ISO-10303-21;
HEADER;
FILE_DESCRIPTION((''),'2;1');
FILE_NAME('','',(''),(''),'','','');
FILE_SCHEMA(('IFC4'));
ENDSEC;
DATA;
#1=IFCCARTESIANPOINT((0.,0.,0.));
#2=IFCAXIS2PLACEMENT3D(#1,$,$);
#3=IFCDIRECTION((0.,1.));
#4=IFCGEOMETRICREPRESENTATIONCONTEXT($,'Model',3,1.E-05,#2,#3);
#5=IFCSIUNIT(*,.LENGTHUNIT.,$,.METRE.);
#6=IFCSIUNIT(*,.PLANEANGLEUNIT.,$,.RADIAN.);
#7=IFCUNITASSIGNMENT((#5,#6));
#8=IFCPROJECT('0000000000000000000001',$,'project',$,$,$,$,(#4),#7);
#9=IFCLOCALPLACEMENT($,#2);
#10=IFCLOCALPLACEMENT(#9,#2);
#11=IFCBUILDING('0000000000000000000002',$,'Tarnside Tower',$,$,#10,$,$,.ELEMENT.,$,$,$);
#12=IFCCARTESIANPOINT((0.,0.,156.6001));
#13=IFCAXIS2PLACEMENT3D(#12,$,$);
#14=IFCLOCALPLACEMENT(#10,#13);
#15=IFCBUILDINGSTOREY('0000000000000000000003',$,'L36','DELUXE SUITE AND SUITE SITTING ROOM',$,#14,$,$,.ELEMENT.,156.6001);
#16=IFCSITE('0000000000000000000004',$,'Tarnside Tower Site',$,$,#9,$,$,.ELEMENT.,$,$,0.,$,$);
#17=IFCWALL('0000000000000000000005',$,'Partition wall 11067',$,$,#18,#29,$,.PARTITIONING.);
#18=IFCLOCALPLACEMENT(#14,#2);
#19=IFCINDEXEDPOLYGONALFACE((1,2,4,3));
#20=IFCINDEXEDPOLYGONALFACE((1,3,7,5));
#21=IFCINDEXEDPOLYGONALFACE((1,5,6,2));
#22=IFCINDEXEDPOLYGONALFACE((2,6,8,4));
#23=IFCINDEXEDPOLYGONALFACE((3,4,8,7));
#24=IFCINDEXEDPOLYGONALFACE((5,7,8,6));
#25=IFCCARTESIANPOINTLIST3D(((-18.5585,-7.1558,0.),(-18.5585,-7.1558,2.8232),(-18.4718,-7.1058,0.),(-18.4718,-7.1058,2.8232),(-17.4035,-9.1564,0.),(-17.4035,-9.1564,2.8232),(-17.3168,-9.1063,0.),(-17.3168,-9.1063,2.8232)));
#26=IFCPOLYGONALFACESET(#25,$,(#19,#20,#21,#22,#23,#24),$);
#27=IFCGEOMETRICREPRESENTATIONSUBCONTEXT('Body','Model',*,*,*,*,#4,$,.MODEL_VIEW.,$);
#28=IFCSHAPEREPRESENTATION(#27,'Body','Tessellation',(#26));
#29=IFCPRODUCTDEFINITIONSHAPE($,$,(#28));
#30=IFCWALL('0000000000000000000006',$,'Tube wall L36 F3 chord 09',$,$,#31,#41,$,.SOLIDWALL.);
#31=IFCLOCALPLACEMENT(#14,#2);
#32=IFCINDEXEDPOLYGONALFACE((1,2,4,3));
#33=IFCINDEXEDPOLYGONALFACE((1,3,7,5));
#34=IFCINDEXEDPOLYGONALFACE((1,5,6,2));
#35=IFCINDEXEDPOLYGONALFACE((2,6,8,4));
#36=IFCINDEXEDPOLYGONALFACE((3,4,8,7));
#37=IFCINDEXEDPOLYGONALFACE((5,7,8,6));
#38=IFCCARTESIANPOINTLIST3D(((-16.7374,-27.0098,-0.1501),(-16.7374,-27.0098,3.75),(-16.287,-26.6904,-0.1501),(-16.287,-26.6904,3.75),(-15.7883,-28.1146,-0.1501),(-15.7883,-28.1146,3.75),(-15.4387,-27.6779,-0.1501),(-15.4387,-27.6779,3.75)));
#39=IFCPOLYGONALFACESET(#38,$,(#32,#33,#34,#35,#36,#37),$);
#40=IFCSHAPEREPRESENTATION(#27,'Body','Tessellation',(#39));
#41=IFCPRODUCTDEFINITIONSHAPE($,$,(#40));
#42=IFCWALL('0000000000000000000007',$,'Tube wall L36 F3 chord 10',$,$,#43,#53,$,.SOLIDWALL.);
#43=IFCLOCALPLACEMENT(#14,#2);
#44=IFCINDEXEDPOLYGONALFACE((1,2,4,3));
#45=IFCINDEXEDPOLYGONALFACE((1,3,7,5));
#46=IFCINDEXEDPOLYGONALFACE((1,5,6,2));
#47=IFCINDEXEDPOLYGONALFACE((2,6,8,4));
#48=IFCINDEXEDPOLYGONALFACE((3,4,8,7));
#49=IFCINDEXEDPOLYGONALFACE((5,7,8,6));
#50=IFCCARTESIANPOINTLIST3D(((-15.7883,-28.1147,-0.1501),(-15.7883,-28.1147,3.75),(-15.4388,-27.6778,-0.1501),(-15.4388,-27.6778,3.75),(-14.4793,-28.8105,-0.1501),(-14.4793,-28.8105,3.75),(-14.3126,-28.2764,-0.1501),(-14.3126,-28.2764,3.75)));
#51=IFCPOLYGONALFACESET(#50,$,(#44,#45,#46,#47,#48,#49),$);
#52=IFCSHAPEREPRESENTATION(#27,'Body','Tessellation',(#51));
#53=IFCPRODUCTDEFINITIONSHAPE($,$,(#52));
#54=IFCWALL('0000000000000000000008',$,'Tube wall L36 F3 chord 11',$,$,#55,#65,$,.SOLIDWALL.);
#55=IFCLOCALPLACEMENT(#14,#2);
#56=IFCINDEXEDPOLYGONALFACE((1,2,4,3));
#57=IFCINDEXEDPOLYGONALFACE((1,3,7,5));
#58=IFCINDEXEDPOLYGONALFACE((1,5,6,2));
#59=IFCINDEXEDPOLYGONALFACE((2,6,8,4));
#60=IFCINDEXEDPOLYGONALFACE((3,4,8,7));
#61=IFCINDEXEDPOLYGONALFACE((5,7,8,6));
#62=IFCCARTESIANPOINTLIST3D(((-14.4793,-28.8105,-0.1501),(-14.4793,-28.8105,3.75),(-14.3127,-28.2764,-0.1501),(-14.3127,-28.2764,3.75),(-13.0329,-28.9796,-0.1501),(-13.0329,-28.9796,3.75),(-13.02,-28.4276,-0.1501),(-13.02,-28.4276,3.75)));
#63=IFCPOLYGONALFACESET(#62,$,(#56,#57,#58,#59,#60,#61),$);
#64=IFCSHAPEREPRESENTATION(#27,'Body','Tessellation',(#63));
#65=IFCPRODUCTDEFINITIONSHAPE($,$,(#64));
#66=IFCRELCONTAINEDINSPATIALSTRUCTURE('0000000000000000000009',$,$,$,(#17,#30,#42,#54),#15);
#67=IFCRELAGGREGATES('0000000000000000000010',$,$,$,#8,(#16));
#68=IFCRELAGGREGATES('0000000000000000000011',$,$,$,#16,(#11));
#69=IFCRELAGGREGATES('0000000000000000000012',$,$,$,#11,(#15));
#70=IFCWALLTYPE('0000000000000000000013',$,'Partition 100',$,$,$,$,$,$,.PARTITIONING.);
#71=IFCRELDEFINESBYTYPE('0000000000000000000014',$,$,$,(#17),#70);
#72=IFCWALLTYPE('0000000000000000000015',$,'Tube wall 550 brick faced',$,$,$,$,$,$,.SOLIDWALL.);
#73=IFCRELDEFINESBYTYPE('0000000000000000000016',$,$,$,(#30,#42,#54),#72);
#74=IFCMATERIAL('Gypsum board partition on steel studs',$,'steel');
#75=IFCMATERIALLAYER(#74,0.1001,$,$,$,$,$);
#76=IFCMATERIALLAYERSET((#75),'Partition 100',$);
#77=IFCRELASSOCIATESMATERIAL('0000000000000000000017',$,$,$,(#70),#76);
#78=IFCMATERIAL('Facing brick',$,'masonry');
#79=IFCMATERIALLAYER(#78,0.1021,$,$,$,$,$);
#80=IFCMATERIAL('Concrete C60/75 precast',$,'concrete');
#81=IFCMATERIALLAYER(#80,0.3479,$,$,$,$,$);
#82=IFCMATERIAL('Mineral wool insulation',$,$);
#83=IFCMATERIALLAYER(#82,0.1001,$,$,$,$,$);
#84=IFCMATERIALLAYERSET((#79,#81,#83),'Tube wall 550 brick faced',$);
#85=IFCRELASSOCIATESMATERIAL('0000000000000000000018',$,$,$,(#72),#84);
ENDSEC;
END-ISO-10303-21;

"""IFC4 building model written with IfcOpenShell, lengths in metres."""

from ifc_helpers import new_model, si_unit, direction, frame, frame_2d, origin, place, context, subcontext, project, spatial, polyline, rectangle, outline, extrude, material, layer, layer_set, type_object, element, save


model = new_model("IFC4")

# Units and contexts
model_context = context("Model", 3, precision=1e-05, world=origin(), true_north=direction((0.0, 1.0)))
body_context = subcontext(model_context, "Body", "Model", "MODEL_VIEW")
ifc_project = project(units=[si_unit("LENGTHUNIT", "METRE"), si_unit("PLANEANGLEUNIT", "RADIAN")], contexts=[model_context])

# Site, building, storey
site_placement = place(None, origin())
site = spatial("IfcSite", under=ifc_project, at=site_placement, Name="Tarnside Tower Site", CompositionType="ELEMENT", RefElevation=0.0)
building_placement = place(site_placement, origin())
building = spatial("IfcBuilding", under=site, at=building_placement, Name="Tarnside Tower", CompositionType="ELEMENT")
storey_placement = place(building_placement, frame((0.0, 0.0, 156.6001)))
storey = spatial("IfcBuildingStorey", under=building, at=storey_placement, Name="L36", Description="DELUXE SUITE AND SUITE SITTING ROOM", CompositionType="ELEMENT", Elevation=156.6001)

# Walls
ifc_material_1 = material(Name="Gypsum board partition on steel studs", Category="steel")
ifc_layer_1 = layer(ifc_material_1, 0.1001)
ifc_layer_set_1 = layer_set([ifc_layer_1], Name="Partition 100")
wall_type_1 = type_object("IfcWallType", Name="Partition 100", PredefinedType="PARTITIONING", material=ifc_layer_set_1)
wall_1_placement = place(storey_placement, frame((-17.3601, -9.1313, 0.0), z_axis=(0.0, 0.0, 1.0), x_axis=(-0.500015, 0.866017, 0.0)))
element("IfcWall", 1, at=wall_1_placement, inside=storey, type_object=wall_type_1, Name="Partition wall 11067", PredefinedType="PARTITIONING", context=body_context, shape_type="SweptSolid", body=[
    extrude(rectangle(XDim=2.3101, YDim=0.1001, at=frame_2d((1.155, 0.0))), origin(), (0.0, 0.0, 1.0), 2.8232),
])
ifc_material_2 = material(Name="Facing brick", Category="masonry")
ifc_layer_2 = layer(ifc_material_2, 0.1021)
ifc_material_3 = material(Name="Concrete C60/75 precast", Category="concrete")
ifc_layer_3 = layer(ifc_material_3, 0.3479)
ifc_material_4 = material(Name="Mineral wool insulation")
ifc_layer_4 = layer(ifc_material_4, 0.1001)
ifc_layer_set_2 = layer_set([ifc_layer_2, ifc_layer_3, ifc_layer_4], Name="Tube wall 550 brick faced")
wall_type_2 = type_object("IfcWallType", Name="Tube wall 550 brick faced", PredefinedType="SOLIDWALL", material=ifc_layer_set_2)
wall_2_placement = place(storey_placement, frame((-16.5122, -26.8501, -0.1501), z_axis=(0.0, 0.0, 1.0), x_axis=(0.651622, -0.758544, 0.0)))
element("IfcWall", 2, at=wall_2_placement, inside=storey, type_object=wall_type_2, Name="Tube wall L36 F3 chord 09", PredefinedType="SOLIDWALL", context=body_context, shape_type="SweptSolid", body=[
    extrude(outline(polyline([(-0.0256, -0.2749), (1.4309, -0.2749), (1.3274, 0.2749), (0.0256, 0.2749), (-0.0256, -0.2749)])), origin(), (0.0, 0.0, 1.0), 3.9001),
])
wall_3_placement = place(storey_placement, frame((-15.6135, -27.8962, -0.1501), z_axis=(0.0, 0.0, 1.0), x_axis=(0.882994, -0.469384, 0.0)))
element("IfcWall", 3, at=wall_3_placement, inside=storey, type_object=wall_type_2, Name="Tube wall L36 F3 chord 10", PredefinedType="SOLIDWALL", context=body_context, shape_type="SweptSolid", body=[
    extrude(outline(polyline([(-0.0518, -0.2749), (1.4307, -0.2749), (1.3271, 0.2749), (0.0518, 0.2749), (-0.0518, -0.2749)])), origin(), (0.0, 0.0, 1.0), 3.9001),
])
wall_4_placement = place(storey_placement, frame((-14.396, -28.5435, -0.1501), z_axis=(0.0, 0.0, 1.0), x_axis=(0.993233, -0.116143, 0.0)))
element("IfcWall", 4, at=wall_4_placement, inside=storey, type_object=wall_type_2, Name="Tube wall L36 F3 chord 11", PredefinedType="SOLIDWALL", context=body_context, shape_type="SweptSolid", body=[
    extrude(outline(polyline([(-0.0518, -0.2749), (1.4045, -0.2749), (1.3533, 0.2749), (0.0518, 0.2749), (-0.0518, -0.2749)])), origin(), (0.0, 0.0, 1.0), 3.9001),
])

save(model, "model.ifc")
